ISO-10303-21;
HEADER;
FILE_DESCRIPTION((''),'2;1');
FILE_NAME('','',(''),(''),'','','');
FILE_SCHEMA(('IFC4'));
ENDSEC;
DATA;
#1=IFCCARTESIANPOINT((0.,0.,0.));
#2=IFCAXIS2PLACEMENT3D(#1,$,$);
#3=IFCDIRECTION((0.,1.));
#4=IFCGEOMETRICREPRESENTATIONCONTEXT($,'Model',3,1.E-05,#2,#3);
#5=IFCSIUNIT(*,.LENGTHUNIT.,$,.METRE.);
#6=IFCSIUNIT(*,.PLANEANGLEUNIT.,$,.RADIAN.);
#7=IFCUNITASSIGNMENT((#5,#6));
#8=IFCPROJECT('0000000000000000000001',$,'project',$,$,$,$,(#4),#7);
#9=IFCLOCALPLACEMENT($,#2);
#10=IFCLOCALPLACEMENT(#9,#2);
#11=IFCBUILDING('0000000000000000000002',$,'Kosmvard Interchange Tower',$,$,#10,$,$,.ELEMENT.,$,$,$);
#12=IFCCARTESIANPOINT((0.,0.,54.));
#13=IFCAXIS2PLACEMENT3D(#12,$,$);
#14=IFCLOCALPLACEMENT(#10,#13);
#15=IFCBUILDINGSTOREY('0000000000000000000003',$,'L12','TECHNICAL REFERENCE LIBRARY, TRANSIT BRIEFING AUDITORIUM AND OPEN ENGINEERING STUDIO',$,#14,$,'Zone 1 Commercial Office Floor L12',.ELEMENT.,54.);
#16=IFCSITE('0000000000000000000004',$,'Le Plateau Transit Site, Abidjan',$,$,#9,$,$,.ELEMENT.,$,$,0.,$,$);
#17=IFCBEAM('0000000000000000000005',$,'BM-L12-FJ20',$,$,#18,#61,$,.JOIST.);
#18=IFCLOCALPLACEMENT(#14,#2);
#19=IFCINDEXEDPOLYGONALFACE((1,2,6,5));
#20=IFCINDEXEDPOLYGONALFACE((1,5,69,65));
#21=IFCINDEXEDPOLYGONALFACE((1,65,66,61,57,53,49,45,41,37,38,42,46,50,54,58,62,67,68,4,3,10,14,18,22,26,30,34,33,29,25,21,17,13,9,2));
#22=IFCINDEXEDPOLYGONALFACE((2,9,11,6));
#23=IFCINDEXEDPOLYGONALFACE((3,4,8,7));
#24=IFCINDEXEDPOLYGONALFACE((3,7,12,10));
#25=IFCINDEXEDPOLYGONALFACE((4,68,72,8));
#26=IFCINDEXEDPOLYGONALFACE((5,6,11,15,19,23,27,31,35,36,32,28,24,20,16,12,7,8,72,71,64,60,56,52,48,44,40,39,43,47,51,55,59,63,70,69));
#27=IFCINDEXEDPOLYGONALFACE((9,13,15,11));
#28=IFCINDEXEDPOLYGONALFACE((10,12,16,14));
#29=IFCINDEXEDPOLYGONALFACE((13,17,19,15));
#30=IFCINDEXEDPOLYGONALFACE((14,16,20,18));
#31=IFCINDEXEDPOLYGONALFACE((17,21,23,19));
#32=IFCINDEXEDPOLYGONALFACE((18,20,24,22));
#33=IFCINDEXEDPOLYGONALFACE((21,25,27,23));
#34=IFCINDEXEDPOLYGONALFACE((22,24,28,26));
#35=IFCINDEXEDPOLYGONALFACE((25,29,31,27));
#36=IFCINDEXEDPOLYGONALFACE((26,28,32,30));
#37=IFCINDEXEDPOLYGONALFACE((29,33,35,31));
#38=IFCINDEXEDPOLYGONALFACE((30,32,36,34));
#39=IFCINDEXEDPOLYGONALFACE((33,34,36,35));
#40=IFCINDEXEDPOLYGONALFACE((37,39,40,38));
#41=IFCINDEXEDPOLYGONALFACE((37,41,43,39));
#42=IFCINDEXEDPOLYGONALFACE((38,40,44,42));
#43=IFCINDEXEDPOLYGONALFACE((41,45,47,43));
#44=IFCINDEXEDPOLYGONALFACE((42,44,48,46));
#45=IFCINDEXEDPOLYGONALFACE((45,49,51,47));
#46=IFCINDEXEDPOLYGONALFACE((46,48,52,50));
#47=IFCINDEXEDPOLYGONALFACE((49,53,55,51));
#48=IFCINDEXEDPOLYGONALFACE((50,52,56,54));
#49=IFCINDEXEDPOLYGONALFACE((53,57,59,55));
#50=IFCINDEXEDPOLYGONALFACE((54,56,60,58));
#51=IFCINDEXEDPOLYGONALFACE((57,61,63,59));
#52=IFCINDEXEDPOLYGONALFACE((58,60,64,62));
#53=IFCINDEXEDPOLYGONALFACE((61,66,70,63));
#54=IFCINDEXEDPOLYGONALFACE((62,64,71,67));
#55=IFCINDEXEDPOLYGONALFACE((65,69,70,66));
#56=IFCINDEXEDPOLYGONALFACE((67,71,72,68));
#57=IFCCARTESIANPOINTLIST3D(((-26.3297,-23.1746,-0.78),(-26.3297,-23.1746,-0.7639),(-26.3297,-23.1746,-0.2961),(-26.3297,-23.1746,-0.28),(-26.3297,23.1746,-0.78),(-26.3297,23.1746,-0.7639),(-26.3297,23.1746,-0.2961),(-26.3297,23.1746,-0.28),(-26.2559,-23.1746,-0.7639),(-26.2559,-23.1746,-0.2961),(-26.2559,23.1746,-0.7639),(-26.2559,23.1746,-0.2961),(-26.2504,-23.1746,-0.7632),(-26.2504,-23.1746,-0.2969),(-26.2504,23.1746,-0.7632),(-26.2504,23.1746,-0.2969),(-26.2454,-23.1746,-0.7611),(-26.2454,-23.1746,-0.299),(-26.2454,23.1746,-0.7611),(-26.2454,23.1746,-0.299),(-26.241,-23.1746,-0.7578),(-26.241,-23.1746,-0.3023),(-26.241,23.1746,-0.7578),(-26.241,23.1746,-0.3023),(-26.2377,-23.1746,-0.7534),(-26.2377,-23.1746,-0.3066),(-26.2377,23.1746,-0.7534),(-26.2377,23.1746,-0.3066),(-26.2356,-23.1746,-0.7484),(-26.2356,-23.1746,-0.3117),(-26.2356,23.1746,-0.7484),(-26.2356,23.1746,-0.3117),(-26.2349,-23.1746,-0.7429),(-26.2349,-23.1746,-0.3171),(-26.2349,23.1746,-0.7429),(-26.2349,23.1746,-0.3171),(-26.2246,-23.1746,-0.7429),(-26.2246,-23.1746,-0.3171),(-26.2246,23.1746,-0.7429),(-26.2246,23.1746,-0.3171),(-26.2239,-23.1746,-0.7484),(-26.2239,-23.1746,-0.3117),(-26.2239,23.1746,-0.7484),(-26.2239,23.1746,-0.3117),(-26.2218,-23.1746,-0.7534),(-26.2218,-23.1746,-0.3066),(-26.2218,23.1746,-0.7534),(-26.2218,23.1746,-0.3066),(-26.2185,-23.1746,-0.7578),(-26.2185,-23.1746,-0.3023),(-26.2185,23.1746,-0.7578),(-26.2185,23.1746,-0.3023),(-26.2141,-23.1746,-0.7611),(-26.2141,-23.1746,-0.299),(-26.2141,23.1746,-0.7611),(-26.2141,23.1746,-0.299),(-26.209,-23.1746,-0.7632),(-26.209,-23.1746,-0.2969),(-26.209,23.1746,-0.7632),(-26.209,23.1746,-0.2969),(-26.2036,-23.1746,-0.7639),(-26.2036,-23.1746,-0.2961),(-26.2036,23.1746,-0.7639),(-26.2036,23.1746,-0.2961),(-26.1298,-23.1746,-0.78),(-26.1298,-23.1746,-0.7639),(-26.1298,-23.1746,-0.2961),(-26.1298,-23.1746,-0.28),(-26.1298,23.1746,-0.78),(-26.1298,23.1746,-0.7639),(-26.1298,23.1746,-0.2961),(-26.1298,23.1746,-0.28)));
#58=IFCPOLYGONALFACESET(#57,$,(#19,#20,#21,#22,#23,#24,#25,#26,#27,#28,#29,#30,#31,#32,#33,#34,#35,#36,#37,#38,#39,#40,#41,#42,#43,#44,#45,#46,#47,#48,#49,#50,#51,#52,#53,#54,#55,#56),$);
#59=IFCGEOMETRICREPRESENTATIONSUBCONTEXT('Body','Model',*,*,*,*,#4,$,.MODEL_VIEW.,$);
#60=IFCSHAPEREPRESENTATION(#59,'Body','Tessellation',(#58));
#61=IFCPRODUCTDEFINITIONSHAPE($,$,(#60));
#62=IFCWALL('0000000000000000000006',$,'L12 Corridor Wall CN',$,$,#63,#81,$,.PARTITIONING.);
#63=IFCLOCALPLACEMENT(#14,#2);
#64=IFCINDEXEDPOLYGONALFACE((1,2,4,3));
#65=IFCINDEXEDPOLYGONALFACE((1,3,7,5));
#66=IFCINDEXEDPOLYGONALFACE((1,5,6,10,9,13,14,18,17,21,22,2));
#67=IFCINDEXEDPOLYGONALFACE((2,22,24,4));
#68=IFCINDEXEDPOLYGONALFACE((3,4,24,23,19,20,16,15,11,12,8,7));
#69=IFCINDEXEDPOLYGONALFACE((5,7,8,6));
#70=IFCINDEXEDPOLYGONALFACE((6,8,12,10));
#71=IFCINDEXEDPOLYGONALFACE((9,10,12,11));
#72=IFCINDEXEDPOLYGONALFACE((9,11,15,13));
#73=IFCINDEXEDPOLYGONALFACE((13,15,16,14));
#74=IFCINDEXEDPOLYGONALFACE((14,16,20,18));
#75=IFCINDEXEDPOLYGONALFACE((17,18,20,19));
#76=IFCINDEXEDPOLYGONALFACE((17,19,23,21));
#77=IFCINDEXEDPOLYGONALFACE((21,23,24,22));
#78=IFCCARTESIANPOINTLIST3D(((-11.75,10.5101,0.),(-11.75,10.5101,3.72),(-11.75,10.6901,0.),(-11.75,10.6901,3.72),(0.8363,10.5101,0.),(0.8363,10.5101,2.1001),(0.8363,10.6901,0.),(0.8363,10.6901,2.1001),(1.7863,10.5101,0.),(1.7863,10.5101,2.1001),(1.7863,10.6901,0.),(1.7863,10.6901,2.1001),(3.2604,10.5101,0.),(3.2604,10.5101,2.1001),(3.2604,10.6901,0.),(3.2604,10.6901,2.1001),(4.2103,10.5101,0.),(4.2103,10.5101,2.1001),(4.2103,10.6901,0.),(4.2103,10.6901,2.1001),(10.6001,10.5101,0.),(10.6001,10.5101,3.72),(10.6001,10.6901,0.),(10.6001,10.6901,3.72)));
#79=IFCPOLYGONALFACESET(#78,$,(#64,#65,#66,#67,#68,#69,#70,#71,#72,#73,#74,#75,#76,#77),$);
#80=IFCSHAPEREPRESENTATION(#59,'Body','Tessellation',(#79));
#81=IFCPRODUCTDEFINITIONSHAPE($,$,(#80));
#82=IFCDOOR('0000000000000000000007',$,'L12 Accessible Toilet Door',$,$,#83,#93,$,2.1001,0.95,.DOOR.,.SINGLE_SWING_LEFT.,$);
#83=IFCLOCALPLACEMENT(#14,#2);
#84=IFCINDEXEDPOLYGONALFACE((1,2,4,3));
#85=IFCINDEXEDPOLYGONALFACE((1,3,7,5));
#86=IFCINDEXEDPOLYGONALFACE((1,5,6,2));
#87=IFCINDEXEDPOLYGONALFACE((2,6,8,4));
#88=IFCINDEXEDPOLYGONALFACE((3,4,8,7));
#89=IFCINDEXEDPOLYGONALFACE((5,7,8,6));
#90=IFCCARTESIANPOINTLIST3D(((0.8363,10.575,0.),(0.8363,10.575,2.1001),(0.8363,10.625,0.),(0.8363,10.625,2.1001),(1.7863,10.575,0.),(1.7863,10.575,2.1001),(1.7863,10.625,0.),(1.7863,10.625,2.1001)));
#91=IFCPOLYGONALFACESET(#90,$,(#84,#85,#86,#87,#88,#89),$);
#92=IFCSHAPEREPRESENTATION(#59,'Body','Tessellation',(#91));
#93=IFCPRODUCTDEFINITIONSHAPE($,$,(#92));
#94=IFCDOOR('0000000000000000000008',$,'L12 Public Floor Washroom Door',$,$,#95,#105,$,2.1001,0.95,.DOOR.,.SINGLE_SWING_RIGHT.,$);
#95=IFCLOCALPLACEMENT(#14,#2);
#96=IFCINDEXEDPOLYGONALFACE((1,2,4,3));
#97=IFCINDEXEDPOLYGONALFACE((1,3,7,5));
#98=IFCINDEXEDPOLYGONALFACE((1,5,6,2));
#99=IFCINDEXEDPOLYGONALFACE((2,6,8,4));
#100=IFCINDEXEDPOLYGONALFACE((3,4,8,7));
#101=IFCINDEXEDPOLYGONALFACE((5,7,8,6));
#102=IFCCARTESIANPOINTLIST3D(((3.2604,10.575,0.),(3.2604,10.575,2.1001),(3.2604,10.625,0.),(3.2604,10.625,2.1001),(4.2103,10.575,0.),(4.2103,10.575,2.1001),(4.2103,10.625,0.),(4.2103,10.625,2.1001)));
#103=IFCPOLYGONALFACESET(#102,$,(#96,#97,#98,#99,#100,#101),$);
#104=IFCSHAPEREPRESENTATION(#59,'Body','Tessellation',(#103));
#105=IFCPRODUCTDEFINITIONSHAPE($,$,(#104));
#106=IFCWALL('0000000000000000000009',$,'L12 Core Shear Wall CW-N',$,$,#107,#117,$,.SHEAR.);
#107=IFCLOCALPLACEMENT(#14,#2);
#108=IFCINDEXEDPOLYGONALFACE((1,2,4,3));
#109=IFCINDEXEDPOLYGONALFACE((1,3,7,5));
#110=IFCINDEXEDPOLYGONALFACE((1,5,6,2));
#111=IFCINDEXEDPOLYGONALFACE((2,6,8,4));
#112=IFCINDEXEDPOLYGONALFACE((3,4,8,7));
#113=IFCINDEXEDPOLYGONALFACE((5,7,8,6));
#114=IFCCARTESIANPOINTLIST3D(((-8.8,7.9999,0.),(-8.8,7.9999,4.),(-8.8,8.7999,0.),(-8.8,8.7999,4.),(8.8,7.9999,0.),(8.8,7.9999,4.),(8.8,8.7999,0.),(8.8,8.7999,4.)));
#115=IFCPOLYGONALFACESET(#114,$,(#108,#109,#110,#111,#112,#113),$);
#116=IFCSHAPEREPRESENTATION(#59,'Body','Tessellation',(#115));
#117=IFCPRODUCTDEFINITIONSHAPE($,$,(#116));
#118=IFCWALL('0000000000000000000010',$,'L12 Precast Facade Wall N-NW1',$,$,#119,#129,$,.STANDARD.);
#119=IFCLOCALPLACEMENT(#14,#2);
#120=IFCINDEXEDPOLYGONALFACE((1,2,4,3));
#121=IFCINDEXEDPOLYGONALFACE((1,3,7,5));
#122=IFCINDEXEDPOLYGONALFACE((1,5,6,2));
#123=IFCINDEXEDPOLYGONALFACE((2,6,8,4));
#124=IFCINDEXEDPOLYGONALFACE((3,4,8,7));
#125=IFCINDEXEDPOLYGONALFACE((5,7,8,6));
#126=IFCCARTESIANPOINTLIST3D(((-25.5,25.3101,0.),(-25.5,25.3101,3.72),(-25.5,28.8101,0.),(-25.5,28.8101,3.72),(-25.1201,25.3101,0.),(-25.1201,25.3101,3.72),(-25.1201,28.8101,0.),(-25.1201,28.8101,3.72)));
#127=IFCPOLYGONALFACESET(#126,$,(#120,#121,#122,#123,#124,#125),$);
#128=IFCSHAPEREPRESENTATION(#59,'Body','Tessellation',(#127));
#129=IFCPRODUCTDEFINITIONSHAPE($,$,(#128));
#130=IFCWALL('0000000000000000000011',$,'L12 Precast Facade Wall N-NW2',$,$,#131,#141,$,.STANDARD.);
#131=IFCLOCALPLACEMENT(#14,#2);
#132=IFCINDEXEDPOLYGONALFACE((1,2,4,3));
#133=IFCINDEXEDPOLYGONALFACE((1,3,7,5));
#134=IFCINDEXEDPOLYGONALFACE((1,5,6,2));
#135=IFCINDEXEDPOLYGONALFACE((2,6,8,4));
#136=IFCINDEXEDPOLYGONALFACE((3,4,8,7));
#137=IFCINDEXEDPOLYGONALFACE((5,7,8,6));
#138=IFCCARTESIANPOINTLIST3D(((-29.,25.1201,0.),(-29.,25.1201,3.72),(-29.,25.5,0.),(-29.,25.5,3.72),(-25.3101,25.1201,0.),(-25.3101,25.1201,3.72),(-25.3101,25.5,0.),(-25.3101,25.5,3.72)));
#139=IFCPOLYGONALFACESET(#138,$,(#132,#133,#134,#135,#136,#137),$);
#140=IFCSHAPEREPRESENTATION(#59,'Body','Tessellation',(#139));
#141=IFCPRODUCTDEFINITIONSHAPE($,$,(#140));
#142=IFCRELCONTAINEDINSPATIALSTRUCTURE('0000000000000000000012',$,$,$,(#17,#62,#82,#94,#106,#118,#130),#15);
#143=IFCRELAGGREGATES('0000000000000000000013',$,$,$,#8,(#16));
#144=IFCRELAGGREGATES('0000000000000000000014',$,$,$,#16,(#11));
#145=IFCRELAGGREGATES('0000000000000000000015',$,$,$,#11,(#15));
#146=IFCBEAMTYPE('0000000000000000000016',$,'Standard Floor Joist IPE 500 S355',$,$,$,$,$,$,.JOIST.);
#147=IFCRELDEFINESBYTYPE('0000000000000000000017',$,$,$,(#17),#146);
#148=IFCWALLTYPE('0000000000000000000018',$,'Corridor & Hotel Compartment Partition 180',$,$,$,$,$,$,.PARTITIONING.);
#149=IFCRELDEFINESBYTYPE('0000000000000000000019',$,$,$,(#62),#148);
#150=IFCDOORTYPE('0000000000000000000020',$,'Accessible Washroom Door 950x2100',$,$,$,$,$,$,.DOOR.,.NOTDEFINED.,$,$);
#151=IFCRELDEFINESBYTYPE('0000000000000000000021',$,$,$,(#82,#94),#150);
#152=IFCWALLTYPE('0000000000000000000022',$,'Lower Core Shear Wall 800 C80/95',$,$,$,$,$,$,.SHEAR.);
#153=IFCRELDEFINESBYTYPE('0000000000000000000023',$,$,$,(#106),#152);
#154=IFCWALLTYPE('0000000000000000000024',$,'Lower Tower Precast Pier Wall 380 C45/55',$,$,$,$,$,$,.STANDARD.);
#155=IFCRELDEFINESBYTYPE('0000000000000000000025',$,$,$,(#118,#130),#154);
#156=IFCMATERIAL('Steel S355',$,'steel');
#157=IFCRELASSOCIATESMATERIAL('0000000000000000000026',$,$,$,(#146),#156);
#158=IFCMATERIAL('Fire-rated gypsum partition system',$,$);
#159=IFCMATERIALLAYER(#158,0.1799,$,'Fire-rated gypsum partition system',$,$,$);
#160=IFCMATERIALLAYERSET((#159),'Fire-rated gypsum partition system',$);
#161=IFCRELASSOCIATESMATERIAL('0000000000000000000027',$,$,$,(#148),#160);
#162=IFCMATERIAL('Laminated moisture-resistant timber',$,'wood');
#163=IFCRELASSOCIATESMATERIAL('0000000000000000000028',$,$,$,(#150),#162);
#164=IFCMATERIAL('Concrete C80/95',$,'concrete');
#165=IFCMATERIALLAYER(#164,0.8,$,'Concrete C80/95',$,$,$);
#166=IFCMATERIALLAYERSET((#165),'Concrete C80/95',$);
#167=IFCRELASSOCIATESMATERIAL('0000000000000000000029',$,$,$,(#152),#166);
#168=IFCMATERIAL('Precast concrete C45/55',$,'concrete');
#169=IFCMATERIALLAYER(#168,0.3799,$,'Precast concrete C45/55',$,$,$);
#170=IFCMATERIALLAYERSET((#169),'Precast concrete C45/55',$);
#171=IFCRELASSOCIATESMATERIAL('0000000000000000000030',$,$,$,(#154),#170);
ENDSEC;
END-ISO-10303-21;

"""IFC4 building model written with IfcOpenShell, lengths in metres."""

from ifc_helpers import new_model, si_unit, direction, frame, frame_2d, origin, origin_2d, place, context, subcontext, project, spatial, rectangle, i_section, extrude, source, transform, mapped, material, layer, layer_set, material_profile, profile_set, type_object, element, fill, save


model = new_model("IFC4")

# Units and contexts
model_context = context("Model", 3, precision=1e-05, world=origin(), true_north=direction((0.0, 1.0)))
body_context = subcontext(model_context, "Body", "Model", "MODEL_VIEW")
ifc_project = project(units=[si_unit("LENGTHUNIT", "METRE"), si_unit("PLANEANGLEUNIT", "RADIAN")], contexts=[model_context])

# Site, building, storey
site_placement = place(None, origin())
site = spatial("IfcSite", under=ifc_project, at=site_placement, Name="Le Plateau Transit Site, Abidjan", CompositionType="ELEMENT", RefElevation=0.0)
building_placement = place(site_placement, origin())
building = spatial("IfcBuilding", under=site, at=building_placement, Name="Kosmvard Interchange Tower", CompositionType="ELEMENT")
storey_placement = place(building_placement, frame((0.0, 0.0, 54.0)))
storey = spatial("IfcBuildingStorey", under=building, at=storey_placement, Name="L12", Description="TECHNICAL REFERENCE LIBRARY, TRANSIT BRIEFING AUDITORIUM AND OPEN ENGINEERING STUDIO", LongName="Zone 1 Commercial Office Floor L12", CompositionType="ELEMENT", Elevation=54.0)

# Shared definitions
ifc_material_1 = material(Name="Concrete C80/95", Category="concrete")

# Beam
ifc_material_2 = material(Name="Steel S355", Category="steel")
ifc_material_3 = material(Name="Precast concrete C45/55", Category="concrete")
ifc_material_profile_1 = material_profile(ifc_material_2, i_section(OverallWidth=0.2, OverallDepth=0.5, WebThickness=0.0103, FlangeThickness=0.0161, FilletRadius=0.021, at=origin_2d()), Name="IPE 500")
ifc_profile_set_1 = profile_set([ifc_material_profile_1], Name="Steel S355")
beam_type_1 = type_object("IfcBeamType", Name="Standard Floor Joist IPE 500 S355", PredefinedType="JOIST", material=ifc_profile_set_1)
shared_shape_1 = source(origin(), body_context, "Body", "SweptSolid", [
    extrude(i_section(OverallWidth=0.2, OverallDepth=0.5, WebThickness=0.0103, FlangeThickness=0.0161, FilletRadius=0.021, at=origin_2d()), origin(), (0.0, 0.0, 1.0), 46.3491),
])
beam_1_placement = place(storey_placement, frame((-26.2297, 23.1746, -0.53), z_axis=(0.0, -1.0, 0.0), x_axis=(1.0, 0.0, 0.0)))
element("IfcBeam", 1, at=beam_1_placement, inside=storey, type_object=beam_type_1, Name="BM-L12-FJ20", PredefinedType="JOIST", context=body_context, shape_type="MappedRepresentation", body=[
    mapped(shared_shape_1, transform((0.0, 0.0, 0.0), scale=1.0)),
])

# Wall, openings, doors
ifc_material_4 = material(Name="Fire-rated gypsum partition system")
ifc_layer_1 = layer(ifc_material_4, 0.1799, Name="Fire-rated gypsum partition system")
ifc_layer_set_1 = layer_set([ifc_layer_1], Name="Fire-rated gypsum partition system")
wall_type_1 = type_object("IfcWallType", Name="Corridor & Hotel Compartment Partition 180", PredefinedType="PARTITIONING", material=ifc_layer_set_1)
wall_1_placement = place(storey_placement, frame((-11.75, 10.6001, 0.0), z_axis=(0.0, 0.0, 1.0), x_axis=(1.0, 0.0, 0.0)))
wall_1 = element("IfcWall", 2, at=wall_1_placement, inside=storey, type_object=wall_type_1, Name="L12 Corridor Wall CN", PredefinedType="PARTITIONING", context=body_context, shape_type="SweptSolid", body=[
    extrude(rectangle(XDim=22.3501, YDim=0.1799, at=frame_2d((11.175, 0.0))), origin(), (0.0, 0.0, 1.0), 3.72),
])
opening_1_placement = place(wall_1_placement, frame((12.5862, 0.0, 0.0)))
opening_1 = element("IfcOpeningElement", 3, at=opening_1_placement, cuts=wall_1, PredefinedType="OPENING", context=body_context, shape_type="SweptSolid", body=[
    extrude(rectangle(XDim=0.95, YDim=2.1001, at=frame_2d((0.4751, 1.05))), frame((0.0, 0.1001, 0.0), z_axis=(0.0, -1.0, 0.0), x_axis=(1.0, 0.0, 0.0)), (0.0, 0.0, 1.0), 0.2),
])
opening_2_placement = place(wall_1_placement, frame((15.0103, 0.0, 0.0)))
opening_2 = element("IfcOpeningElement", 4, at=opening_2_placement, cuts=wall_1, PredefinedType="OPENING", context=body_context, shape_type="SweptSolid", body=[
    extrude(rectangle(XDim=0.95, YDim=2.1001, at=frame_2d((0.4751, 1.05))), frame((0.0, 0.1001, 0.0), z_axis=(0.0, -1.0, 0.0), x_axis=(1.0, 0.0, 0.0)), (0.0, 0.0, 1.0), 0.2),
])
ifc_material_5 = material(Name="Laminated moisture-resistant timber", Category="wood")
door_type = type_object("IfcDoorType", Name="Accessible Washroom Door 950x2100", OperationType="NOTDEFINED", PredefinedType="DOOR", material=ifc_material_5)
shared_shape_2 = source(origin(), body_context, "Body", "SweptSolid", [
    extrude(rectangle(XDim=0.95, YDim=2.1001, at=frame_2d((0.4751, 1.05))), frame((0.0, 0.0249, 0.0), z_axis=(0.0, -1.0, 0.0), x_axis=(1.0, 0.0, 0.0)), (0.0, 0.0, 1.0), 0.05),
])
door_1_placement = place(opening_1_placement, origin())
door_1 = element("IfcDoor", 5, at=door_1_placement, inside=storey, type_object=door_type, Name="L12 Accessible Toilet Door", OperationType="SINGLE_SWING_LEFT", OverallHeight=2.1001, OverallWidth=0.95, PredefinedType="DOOR", context=body_context, shape_type="MappedRepresentation", body=[
    mapped(shared_shape_2, transform((0.0, 0.0, 0.0), scale=1.0)),
])
fill(opening_1, door_1)
door_2_placement = place(opening_2_placement, origin())
door_2 = element("IfcDoor", 6, at=door_2_placement, inside=storey, type_object=door_type, Name="L12 Public Floor Washroom Door", OperationType="SINGLE_SWING_RIGHT", OverallHeight=2.1001, OverallWidth=0.95, PredefinedType="DOOR", context=body_context, shape_type="MappedRepresentation", body=[
    mapped(shared_shape_2, transform((0.0, 0.0, 0.0), scale=1.0)),
])
fill(opening_2, door_2)

# Walls
ifc_layer_2 = layer(ifc_material_1, 0.8, Name="Concrete C80/95")
ifc_layer_set_2 = layer_set([ifc_layer_2], Name="Concrete C80/95")
wall_type_2 = type_object("IfcWallType", Name="Lower Core Shear Wall 800 C80/95", PredefinedType="SHEAR", material=ifc_layer_set_2)
wall_2_placement = place(storey_placement, frame((-8.8, 8.3999, 0.0), z_axis=(0.0, 0.0, 1.0), x_axis=(1.0, 0.0, 0.0)))
element("IfcWall", 7, at=wall_2_placement, inside=storey, type_object=wall_type_2, Name="L12 Core Shear Wall CW-N", PredefinedType="SHEAR", context=body_context, shape_type="SweptSolid", body=[
    extrude(rectangle(XDim=17.6001, YDim=0.8, at=frame_2d((8.8, 0.0))), origin(), (0.0, 0.0, 1.0), 4.0),
])
ifc_layer_3 = layer(ifc_material_3, 0.3799, Name="Precast concrete C45/55")
ifc_layer_set_3 = layer_set([ifc_layer_3], Name="Precast concrete C45/55")
wall_type_3 = type_object("IfcWallType", Name="Lower Tower Precast Pier Wall 380 C45/55", PredefinedType="STANDARD", material=ifc_layer_set_3)
wall_3_placement = place(storey_placement, frame((-25.3101, 28.8101, 0.0), z_axis=(0.0, 0.0, 1.0), x_axis=(0.0, -1.0, 0.0)))
element("IfcWall", 8, at=wall_3_placement, inside=storey, type_object=wall_type_3, Name="L12 Precast Facade Wall N-NW1", PredefinedType="STANDARD", context=body_context, shape_type="SweptSolid", body=[
    extrude(rectangle(XDim=3.5, YDim=0.3799, at=frame_2d((1.75, 0.0))), origin(), (0.0, 0.0, 1.0), 3.72),
])
wall_4_placement = place(storey_placement, frame((-25.3101, 25.3101, 0.0), z_axis=(0.0, 0.0, 1.0), x_axis=(-1.0, 0.0, 0.0)))
element("IfcWall", 9, at=wall_4_placement, inside=storey, type_object=wall_type_3, Name="L12 Precast Facade Wall N-NW2", PredefinedType="STANDARD", context=body_context, shape_type="SweptSolid", body=[
    extrude(rectangle(XDim=3.6899, YDim=0.3799, at=frame_2d((1.845, 0.0))), origin(), (0.0, 0.0, 1.0), 3.72),
])

save(model, "model.ifc")
